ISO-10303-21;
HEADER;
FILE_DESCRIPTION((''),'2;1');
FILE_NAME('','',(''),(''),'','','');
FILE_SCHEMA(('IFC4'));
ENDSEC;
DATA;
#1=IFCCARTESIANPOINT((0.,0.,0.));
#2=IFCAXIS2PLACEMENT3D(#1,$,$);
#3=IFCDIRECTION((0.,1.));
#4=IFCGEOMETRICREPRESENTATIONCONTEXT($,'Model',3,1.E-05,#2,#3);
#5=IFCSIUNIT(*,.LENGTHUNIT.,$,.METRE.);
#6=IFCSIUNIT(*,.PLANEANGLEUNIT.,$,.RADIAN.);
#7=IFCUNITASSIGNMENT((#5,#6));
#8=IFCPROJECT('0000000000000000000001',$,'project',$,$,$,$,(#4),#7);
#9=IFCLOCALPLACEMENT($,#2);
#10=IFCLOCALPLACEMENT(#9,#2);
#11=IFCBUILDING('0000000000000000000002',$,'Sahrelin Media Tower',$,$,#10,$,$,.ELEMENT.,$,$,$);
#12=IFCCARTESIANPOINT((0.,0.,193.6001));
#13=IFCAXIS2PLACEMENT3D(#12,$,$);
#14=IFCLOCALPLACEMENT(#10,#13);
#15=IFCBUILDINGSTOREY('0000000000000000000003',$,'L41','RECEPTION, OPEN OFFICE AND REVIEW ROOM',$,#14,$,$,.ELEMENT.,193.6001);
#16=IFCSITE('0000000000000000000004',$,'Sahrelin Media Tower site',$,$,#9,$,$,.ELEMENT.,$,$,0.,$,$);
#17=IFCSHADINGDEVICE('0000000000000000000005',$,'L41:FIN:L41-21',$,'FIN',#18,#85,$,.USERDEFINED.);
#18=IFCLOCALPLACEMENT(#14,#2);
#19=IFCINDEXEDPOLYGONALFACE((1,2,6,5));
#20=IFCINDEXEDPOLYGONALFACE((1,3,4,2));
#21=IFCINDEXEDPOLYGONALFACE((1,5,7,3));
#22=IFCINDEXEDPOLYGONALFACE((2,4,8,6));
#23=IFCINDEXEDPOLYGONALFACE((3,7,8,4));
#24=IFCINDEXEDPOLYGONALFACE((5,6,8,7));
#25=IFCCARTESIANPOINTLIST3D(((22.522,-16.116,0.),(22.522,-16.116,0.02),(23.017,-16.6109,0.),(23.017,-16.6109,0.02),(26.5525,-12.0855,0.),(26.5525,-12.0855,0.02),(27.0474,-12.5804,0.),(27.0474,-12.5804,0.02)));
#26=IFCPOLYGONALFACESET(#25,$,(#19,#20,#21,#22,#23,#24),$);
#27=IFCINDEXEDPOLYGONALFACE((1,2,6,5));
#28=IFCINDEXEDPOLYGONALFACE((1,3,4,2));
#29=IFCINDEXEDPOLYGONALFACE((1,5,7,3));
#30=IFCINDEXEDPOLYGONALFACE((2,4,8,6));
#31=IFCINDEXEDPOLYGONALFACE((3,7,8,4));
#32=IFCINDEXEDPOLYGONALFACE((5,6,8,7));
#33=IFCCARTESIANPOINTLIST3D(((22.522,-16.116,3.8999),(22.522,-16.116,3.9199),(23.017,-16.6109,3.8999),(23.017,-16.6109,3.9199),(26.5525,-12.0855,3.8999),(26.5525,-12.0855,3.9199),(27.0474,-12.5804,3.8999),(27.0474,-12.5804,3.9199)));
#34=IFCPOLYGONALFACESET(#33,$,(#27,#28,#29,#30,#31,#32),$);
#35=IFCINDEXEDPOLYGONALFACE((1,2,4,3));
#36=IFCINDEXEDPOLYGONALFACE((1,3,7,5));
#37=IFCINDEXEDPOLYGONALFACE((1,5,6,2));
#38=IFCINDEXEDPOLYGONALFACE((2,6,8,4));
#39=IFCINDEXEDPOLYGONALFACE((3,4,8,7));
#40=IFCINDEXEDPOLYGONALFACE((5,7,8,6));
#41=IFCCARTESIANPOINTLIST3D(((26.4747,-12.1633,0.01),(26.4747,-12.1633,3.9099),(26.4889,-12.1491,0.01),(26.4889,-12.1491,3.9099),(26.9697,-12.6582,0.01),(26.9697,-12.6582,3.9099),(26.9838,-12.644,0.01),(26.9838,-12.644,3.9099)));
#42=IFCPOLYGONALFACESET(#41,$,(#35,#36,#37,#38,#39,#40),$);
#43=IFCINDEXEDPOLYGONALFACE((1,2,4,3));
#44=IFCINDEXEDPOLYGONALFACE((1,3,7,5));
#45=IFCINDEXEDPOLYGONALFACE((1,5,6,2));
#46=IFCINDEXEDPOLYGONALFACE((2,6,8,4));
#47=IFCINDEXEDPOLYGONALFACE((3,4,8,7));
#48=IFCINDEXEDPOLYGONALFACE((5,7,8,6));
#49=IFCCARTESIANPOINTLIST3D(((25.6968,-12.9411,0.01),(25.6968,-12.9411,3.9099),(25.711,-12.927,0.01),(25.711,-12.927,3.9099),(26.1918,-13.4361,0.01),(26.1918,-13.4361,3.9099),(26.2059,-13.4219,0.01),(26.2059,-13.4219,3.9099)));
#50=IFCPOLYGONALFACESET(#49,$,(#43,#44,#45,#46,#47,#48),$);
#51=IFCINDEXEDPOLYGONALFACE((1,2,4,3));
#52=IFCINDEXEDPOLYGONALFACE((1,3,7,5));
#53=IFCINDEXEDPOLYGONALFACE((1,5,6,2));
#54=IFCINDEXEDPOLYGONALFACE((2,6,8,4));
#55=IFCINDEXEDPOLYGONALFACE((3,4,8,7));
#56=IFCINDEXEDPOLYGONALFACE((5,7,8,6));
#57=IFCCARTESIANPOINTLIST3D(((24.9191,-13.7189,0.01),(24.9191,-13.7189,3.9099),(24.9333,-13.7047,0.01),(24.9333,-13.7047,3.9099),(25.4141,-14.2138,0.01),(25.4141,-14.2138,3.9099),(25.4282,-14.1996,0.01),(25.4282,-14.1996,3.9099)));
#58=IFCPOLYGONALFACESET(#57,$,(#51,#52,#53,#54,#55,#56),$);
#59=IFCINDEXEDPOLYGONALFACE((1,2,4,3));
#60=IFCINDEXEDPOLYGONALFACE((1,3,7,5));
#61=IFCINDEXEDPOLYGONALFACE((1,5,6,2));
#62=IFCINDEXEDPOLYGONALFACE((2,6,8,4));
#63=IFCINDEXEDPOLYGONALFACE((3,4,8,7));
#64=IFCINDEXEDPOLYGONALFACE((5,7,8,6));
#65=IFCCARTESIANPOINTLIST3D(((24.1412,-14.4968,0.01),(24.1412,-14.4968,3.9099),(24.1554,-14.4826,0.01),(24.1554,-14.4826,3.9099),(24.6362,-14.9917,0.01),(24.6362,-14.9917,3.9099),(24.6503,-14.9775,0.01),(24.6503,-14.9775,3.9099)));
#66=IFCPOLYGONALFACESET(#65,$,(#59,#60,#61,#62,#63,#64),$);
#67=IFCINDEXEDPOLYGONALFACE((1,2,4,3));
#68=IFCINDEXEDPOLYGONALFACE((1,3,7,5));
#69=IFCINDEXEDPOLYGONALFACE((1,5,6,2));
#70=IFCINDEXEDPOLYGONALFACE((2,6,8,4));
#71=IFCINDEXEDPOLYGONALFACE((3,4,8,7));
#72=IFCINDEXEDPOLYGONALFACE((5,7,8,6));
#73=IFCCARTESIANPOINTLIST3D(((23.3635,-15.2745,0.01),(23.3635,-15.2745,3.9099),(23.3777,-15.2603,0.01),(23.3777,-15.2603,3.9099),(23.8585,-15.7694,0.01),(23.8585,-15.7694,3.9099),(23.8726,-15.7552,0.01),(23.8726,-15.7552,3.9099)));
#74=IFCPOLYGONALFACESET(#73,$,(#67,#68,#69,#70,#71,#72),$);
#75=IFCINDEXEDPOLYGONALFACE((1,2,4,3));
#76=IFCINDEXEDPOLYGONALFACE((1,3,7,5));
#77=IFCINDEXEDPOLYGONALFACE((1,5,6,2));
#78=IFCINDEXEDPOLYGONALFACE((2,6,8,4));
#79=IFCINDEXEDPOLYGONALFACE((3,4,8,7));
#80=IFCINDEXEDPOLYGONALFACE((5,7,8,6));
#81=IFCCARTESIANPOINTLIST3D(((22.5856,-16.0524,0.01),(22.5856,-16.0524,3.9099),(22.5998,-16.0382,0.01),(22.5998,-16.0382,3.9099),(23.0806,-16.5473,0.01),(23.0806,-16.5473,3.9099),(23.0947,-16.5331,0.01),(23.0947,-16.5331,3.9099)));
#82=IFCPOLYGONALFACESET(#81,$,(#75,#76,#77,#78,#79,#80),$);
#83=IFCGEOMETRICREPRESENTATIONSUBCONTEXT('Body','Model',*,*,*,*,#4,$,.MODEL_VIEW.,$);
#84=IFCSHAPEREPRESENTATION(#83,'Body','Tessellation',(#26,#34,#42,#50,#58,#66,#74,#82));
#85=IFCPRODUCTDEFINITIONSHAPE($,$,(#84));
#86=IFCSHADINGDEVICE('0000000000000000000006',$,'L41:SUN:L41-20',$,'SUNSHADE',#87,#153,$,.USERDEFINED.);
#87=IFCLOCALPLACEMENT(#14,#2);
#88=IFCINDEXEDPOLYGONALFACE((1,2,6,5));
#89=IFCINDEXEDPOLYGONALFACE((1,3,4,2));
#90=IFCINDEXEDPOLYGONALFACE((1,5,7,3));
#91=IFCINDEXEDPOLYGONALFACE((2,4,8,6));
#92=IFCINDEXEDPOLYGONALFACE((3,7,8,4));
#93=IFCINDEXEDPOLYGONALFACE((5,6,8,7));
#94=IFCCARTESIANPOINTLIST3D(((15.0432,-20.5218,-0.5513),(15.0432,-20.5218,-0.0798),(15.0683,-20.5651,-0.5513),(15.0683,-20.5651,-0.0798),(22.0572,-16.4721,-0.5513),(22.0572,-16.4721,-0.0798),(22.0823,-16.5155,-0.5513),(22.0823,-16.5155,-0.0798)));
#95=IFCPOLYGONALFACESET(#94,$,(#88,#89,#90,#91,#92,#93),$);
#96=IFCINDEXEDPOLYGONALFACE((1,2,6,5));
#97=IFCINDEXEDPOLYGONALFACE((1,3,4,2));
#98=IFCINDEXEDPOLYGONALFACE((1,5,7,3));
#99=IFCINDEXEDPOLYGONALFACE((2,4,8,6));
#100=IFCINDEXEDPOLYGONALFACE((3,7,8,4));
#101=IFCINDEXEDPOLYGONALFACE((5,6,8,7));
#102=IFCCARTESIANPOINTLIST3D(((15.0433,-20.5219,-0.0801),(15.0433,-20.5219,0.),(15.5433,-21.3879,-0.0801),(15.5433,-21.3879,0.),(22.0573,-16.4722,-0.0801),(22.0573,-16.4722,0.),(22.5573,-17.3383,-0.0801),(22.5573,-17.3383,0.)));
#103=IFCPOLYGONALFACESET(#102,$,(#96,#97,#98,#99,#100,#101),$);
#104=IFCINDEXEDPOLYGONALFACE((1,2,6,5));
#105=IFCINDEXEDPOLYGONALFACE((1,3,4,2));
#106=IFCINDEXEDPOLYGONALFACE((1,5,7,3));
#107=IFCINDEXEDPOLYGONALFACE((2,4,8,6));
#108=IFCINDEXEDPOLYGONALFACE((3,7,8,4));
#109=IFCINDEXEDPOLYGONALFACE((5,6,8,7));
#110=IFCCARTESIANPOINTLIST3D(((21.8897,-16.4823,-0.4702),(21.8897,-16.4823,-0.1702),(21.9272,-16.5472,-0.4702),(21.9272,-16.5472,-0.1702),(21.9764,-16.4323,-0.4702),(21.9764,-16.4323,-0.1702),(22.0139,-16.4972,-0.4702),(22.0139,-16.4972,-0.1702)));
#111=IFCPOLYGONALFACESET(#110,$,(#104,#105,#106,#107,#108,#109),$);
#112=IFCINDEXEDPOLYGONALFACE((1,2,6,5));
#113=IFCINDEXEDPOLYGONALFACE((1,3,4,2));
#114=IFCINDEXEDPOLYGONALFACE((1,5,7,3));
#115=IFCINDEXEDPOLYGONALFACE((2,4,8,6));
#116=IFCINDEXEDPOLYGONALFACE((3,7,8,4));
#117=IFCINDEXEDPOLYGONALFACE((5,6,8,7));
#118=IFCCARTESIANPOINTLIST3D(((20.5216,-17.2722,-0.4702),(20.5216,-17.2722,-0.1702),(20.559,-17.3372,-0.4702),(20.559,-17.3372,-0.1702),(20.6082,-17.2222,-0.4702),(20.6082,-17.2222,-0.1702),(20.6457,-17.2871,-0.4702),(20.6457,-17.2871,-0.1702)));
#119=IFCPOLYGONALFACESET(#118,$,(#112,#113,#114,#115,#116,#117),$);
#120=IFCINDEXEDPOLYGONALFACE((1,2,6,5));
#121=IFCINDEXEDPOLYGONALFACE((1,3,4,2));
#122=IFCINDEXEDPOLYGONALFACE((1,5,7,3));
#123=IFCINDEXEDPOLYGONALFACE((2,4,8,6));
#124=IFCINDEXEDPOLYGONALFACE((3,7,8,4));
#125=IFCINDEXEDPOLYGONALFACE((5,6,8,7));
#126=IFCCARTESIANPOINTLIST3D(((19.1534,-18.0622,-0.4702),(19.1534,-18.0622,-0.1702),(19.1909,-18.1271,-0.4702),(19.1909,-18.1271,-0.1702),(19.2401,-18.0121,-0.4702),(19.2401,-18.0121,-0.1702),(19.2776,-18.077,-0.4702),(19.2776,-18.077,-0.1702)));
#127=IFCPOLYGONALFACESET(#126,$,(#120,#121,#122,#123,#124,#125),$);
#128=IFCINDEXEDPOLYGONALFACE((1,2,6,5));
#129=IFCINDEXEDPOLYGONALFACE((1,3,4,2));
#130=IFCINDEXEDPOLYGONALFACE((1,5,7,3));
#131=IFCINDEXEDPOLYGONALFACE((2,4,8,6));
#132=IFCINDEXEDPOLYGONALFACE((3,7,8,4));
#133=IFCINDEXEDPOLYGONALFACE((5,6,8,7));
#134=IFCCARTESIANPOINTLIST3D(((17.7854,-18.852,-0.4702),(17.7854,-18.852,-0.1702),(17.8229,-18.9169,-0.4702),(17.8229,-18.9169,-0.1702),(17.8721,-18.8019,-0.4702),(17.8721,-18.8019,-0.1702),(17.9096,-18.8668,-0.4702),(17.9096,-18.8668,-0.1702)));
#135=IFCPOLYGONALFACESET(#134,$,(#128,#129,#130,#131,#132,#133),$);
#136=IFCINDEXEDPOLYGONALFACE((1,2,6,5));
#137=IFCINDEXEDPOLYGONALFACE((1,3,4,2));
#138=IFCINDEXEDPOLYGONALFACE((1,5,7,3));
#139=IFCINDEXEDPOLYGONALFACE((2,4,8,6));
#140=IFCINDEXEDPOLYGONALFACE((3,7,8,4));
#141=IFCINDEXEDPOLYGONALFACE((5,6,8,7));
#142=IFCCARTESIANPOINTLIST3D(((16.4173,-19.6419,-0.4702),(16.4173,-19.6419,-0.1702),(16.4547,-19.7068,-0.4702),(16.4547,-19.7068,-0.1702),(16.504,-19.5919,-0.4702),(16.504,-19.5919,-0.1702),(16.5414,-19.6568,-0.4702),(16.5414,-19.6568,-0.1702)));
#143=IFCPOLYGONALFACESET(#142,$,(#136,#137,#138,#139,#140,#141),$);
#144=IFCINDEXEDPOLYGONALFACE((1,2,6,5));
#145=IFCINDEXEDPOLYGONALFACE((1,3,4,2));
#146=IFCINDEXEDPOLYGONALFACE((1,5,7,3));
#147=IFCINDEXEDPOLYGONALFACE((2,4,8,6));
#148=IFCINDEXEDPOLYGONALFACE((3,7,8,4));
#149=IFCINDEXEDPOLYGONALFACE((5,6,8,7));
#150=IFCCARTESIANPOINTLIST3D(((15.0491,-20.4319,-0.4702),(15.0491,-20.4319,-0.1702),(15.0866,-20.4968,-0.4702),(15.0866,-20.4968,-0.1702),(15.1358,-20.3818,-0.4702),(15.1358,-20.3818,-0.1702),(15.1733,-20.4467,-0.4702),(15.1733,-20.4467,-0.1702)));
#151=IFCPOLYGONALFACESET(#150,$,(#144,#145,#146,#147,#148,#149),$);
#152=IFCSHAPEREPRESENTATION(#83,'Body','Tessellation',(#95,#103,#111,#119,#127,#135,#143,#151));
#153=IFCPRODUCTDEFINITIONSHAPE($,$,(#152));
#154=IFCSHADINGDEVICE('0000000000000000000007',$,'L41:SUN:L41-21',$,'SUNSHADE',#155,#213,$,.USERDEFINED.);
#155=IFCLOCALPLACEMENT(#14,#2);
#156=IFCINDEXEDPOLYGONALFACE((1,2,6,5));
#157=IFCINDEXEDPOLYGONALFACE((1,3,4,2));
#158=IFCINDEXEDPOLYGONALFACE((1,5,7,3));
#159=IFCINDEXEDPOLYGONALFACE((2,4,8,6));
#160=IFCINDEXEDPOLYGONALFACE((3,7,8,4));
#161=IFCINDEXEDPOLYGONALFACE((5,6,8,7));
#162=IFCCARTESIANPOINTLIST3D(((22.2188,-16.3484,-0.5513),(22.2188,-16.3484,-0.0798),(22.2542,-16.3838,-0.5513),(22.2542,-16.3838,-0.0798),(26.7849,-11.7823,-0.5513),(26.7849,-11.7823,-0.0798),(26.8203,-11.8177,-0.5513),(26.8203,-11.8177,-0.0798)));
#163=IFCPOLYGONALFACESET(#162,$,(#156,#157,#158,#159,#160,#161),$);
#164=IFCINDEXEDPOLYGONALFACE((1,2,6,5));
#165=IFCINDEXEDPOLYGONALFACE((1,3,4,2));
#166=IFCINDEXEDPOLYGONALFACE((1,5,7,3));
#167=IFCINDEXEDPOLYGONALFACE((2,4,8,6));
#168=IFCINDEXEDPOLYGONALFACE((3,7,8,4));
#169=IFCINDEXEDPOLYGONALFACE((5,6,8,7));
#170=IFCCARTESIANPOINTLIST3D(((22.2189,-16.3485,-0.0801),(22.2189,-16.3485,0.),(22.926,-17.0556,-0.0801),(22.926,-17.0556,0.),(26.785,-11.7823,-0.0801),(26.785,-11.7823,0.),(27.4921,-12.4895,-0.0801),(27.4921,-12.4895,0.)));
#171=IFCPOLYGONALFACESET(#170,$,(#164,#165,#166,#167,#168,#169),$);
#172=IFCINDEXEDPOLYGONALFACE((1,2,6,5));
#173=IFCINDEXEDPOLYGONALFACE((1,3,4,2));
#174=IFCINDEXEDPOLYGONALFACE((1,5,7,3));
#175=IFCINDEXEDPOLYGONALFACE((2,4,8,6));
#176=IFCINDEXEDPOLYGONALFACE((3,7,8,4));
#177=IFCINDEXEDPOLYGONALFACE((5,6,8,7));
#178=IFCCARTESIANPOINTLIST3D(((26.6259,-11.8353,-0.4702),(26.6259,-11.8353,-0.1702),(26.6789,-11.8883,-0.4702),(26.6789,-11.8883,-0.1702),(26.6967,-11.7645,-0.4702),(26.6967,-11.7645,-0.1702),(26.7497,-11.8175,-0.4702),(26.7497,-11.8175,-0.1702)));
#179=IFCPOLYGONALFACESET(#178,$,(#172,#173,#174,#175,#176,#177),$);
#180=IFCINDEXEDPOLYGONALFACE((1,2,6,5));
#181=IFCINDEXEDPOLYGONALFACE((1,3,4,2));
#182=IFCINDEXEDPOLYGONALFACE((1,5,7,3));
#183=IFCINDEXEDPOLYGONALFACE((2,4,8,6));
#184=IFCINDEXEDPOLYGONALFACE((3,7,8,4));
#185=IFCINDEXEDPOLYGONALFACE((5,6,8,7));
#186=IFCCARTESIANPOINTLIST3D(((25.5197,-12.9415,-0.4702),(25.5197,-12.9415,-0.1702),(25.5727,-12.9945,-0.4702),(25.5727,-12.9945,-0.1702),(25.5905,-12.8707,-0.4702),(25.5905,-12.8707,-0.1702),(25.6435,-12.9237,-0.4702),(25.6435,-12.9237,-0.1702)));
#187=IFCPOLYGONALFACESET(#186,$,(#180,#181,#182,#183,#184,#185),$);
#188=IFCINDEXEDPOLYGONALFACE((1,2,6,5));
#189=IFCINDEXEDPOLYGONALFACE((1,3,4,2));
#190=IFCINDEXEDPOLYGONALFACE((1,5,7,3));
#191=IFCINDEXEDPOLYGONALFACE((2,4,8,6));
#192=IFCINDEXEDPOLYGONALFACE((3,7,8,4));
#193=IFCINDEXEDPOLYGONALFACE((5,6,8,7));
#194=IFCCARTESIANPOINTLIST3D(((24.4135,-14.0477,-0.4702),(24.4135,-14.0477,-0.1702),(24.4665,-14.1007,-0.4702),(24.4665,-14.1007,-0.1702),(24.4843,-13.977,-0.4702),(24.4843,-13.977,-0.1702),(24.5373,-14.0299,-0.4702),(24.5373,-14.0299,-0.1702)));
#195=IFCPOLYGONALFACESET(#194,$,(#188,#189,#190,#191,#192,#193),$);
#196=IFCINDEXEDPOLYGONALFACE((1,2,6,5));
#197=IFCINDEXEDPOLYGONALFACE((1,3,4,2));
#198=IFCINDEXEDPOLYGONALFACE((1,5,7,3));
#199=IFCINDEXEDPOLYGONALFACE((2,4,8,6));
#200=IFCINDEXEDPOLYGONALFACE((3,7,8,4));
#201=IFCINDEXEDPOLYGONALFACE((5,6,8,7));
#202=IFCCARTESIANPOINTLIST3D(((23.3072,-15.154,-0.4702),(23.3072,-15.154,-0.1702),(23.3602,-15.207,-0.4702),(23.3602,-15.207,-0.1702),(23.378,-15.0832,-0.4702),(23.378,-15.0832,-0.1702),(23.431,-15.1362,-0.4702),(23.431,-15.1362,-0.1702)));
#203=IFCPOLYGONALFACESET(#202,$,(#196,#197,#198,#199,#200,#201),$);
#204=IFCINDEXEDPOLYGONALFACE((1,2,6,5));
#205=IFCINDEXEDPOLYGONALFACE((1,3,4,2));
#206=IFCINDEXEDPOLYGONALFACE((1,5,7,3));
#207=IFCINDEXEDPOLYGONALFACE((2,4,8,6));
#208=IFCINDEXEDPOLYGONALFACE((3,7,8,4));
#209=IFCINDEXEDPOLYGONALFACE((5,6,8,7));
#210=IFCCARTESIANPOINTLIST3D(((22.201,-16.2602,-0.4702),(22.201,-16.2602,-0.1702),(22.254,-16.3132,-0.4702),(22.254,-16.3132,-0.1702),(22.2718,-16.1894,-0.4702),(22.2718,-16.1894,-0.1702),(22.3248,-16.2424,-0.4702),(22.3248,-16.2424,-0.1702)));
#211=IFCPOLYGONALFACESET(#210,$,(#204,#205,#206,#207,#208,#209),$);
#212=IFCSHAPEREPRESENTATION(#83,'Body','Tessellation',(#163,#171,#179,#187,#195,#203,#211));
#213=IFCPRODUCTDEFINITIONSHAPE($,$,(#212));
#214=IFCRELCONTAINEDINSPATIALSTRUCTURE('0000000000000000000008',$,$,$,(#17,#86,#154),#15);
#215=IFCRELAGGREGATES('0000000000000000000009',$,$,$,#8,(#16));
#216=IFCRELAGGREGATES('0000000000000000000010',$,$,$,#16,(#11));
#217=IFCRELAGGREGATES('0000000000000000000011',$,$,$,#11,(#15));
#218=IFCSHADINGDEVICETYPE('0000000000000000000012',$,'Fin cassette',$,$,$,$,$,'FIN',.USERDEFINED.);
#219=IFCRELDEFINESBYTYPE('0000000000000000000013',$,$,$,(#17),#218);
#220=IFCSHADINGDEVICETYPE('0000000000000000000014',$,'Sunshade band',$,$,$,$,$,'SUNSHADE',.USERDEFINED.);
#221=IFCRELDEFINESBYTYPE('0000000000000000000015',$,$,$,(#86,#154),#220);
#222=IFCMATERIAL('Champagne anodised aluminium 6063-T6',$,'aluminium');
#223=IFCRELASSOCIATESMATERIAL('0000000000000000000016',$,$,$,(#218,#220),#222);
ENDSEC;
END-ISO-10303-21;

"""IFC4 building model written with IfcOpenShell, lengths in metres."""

from ifc_helpers import new_model, si_unit, direction, frame, origin, origin_2d, place, context, subcontext, project, spatial, rectangle, extrude, material, type_object, element, save


model = new_model("IFC4")

# Units and contexts
model_context = context("Model", 3, precision=1e-05, world=origin(), true_north=direction((0.0, 1.0)))
body_context = subcontext(model_context, "Body", "Model", "MODEL_VIEW")
ifc_project = project(units=[si_unit("LENGTHUNIT", "METRE"), si_unit("PLANEANGLEUNIT", "RADIAN")], contexts=[model_context])

# Site, building, storey
site_placement = place(None, origin())
site = spatial("IfcSite", under=ifc_project, at=site_placement, Name="Sahrelin Media Tower site", CompositionType="ELEMENT", RefElevation=0.0)
building_placement = place(site_placement, origin())
building = spatial("IfcBuilding", under=site, at=building_placement, Name="Sahrelin Media Tower", CompositionType="ELEMENT")
storey_placement = place(building_placement, frame((0.0, 0.0, 193.6001)))
storey = spatial("IfcBuildingStorey", under=building, at=storey_placement, Name="L41", Description="RECEPTION, OPEN OFFICE AND REVIEW ROOM", CompositionType="ELEMENT", Elevation=193.6001)

# Shared definitions
ifc_material_1 = material(Name="Champagne anodised aluminium 6063-T6", Category="aluminium")

# Shading devices
shading_device_type_1 = type_object("IfcShadingDeviceType", Name="Fin cassette", ElementType="FIN", PredefinedType="USERDEFINED", material=ifc_material_1)
placement_1 = place(storey_placement, frame((18.5403, -18.4797, 0.0), z_axis=(0.0, 0.0, 1.0), x_axis=(-0.866019, -0.500011, 0.0)))
placement_2 = place(storey_placement, frame((24.4878, -14.0513, 0.0), z_axis=(0.0, 0.0, 1.0), x_axis=(-0.707107, -0.707107, 0.0)))
element("IfcShadingDevice", 1, at=placement_2, inside=storey, type_object=shading_device_type_1, Name="L41:FIN:L41-21", ObjectType="FIN", PredefinedType="USERDEFINED", context=body_context, shape_type="SweptSolid", body=[
    extrude(rectangle(XDim=5.7, YDim=0.7, at=origin_2d()), frame((0.0, 0.4199, 0.0)), (0.0, 0.0, 1.0), 0.02),
    extrude(rectangle(XDim=5.7, YDim=0.7, at=origin_2d()), frame((0.0, 0.4199, 3.8999)), (0.0, 0.0, 1.0), 0.02),
    extrude(rectangle(XDim=0.02, YDim=0.7, at=origin_2d()), frame((-2.75, 0.4199, 0.01), z_axis=(0.0, 0.0, 1.0), x_axis=(1.0, 0.0, 0.0)), (0.0, 0.0, 1.0), 3.8999),
    extrude(rectangle(XDim=0.02, YDim=0.7, at=origin_2d()), frame((-1.6499, 0.4199, 0.01), z_axis=(0.0, 0.0, 1.0), x_axis=(1.0, 0.0, 0.0)), (0.0, 0.0, 1.0), 3.8999),
    extrude(rectangle(XDim=0.02, YDim=0.7, at=origin_2d()), frame((-0.55, 0.4199, 0.01), z_axis=(0.0, 0.0, 1.0), x_axis=(1.0, 0.0, 0.0)), (0.0, 0.0, 1.0), 3.8999),
    extrude(rectangle(XDim=0.02, YDim=0.7, at=origin_2d()), frame((0.55, 0.4199, 0.01), z_axis=(0.0, 0.0, 1.0), x_axis=(1.0, 0.0, 0.0)), (0.0, 0.0, 1.0), 3.8999),
    extrude(rectangle(XDim=0.02, YDim=0.7, at=origin_2d()), frame((1.6499, 0.4199, 0.01), z_axis=(0.0, 0.0, 1.0), x_axis=(1.0, 0.0, 0.0)), (0.0, 0.0, 1.0), 3.8999),
    extrude(rectangle(XDim=0.02, YDim=0.7, at=origin_2d()), frame((2.75, 0.4199, 0.01), z_axis=(0.0, 0.0, 1.0), x_axis=(1.0, 0.0, 0.0)), (0.0, 0.0, 1.0), 3.8999),
])
shading_device_type_2 = type_object("IfcShadingDeviceType", Name="Sunshade band", ElementType="SUNSHADE", PredefinedType="USERDEFINED", material=ifc_material_1)
element("IfcShadingDevice", 2, at=placement_1, inside=storey, type_object=shading_device_type_2, Name="L41:SUN:L41-20", ObjectType="SUNSHADE", PredefinedType="USERDEFINED", context=body_context, shape_type="SweptSolid", body=[
    extrude(rectangle(XDim=8.0991, YDim=0.05, at=origin_2d()), frame((0.0, 0.0449, -0.5513)), (0.0, 0.0, 1.0), 0.4714),
    extrude(rectangle(XDim=8.0991, YDim=1.0, at=origin_2d()), frame((0.0, 0.52, -0.0801)), (0.0, 0.0, 1.0), 0.0801),
    extrude(rectangle(XDim=0.1001, YDim=0.075, at=origin_2d()), frame((-3.9495, -0.0176, -0.4702)), (0.0, 0.0, 1.0), 0.3),
    extrude(rectangle(XDim=0.1001, YDim=0.075, at=origin_2d()), frame((-2.3696, -0.0176, -0.4702)), (0.0, 0.0, 1.0), 0.3),
    extrude(rectangle(XDim=0.1001, YDim=0.075, at=origin_2d()), frame((-0.7898, -0.0176, -0.4702)), (0.0, 0.0, 1.0), 0.3),
    extrude(rectangle(XDim=0.1001, YDim=0.075, at=origin_2d()), frame((0.7898, -0.0176, -0.4702)), (0.0, 0.0, 1.0), 0.3),
    extrude(rectangle(XDim=0.1001, YDim=0.075, at=origin_2d()), frame((2.3696, -0.0176, -0.4702)), (0.0, 0.0, 1.0), 0.3),
    extrude(rectangle(XDim=0.1001, YDim=0.075, at=origin_2d()), frame((3.9495, -0.0176, -0.4702)), (0.0, 0.0, 1.0), 0.3),
])
element("IfcShadingDevice", 3, at=placement_2, inside=storey, type_object=shading_device_type_2, Name="L41:SUN:L41-21", ObjectType="SUNSHADE", PredefinedType="USERDEFINED", context=body_context, shape_type="SweptSolid", body=[
    extrude(rectangle(XDim=6.4575, YDim=0.05, at=origin_2d()), frame((0.0, 0.0449, -0.5513)), (0.0, 0.0, 1.0), 0.4714),
    extrude(rectangle(XDim=6.4575, YDim=1.0, at=origin_2d()), frame((0.0, 0.52, -0.0801)), (0.0, 0.0, 1.0), 0.0801),
    extrude(rectangle(XDim=0.1001, YDim=0.075, at=origin_2d()), frame((-3.1289, -0.0176, -0.4702)), (0.0, 0.0, 1.0), 0.3),
    extrude(rectangle(XDim=0.1001, YDim=0.075, at=origin_2d()), frame((-1.5645, -0.0176, -0.4702)), (0.0, 0.0, 1.0), 0.3),
    extrude(rectangle(XDim=0.1001, YDim=0.075, at=origin_2d()), frame((0.0, -0.0176, -0.4702)), (0.0, 0.0, 1.0), 0.3),
    extrude(rectangle(XDim=0.1001, YDim=0.075, at=origin_2d()), frame((1.5645, -0.0176, -0.4702)), (0.0, 0.0, 1.0), 0.3),
    extrude(rectangle(XDim=0.1001, YDim=0.075, at=origin_2d()), frame((3.1289, -0.0176, -0.4702)), (0.0, 0.0, 1.0), 0.3),
])

save(model, "model.ifc")
